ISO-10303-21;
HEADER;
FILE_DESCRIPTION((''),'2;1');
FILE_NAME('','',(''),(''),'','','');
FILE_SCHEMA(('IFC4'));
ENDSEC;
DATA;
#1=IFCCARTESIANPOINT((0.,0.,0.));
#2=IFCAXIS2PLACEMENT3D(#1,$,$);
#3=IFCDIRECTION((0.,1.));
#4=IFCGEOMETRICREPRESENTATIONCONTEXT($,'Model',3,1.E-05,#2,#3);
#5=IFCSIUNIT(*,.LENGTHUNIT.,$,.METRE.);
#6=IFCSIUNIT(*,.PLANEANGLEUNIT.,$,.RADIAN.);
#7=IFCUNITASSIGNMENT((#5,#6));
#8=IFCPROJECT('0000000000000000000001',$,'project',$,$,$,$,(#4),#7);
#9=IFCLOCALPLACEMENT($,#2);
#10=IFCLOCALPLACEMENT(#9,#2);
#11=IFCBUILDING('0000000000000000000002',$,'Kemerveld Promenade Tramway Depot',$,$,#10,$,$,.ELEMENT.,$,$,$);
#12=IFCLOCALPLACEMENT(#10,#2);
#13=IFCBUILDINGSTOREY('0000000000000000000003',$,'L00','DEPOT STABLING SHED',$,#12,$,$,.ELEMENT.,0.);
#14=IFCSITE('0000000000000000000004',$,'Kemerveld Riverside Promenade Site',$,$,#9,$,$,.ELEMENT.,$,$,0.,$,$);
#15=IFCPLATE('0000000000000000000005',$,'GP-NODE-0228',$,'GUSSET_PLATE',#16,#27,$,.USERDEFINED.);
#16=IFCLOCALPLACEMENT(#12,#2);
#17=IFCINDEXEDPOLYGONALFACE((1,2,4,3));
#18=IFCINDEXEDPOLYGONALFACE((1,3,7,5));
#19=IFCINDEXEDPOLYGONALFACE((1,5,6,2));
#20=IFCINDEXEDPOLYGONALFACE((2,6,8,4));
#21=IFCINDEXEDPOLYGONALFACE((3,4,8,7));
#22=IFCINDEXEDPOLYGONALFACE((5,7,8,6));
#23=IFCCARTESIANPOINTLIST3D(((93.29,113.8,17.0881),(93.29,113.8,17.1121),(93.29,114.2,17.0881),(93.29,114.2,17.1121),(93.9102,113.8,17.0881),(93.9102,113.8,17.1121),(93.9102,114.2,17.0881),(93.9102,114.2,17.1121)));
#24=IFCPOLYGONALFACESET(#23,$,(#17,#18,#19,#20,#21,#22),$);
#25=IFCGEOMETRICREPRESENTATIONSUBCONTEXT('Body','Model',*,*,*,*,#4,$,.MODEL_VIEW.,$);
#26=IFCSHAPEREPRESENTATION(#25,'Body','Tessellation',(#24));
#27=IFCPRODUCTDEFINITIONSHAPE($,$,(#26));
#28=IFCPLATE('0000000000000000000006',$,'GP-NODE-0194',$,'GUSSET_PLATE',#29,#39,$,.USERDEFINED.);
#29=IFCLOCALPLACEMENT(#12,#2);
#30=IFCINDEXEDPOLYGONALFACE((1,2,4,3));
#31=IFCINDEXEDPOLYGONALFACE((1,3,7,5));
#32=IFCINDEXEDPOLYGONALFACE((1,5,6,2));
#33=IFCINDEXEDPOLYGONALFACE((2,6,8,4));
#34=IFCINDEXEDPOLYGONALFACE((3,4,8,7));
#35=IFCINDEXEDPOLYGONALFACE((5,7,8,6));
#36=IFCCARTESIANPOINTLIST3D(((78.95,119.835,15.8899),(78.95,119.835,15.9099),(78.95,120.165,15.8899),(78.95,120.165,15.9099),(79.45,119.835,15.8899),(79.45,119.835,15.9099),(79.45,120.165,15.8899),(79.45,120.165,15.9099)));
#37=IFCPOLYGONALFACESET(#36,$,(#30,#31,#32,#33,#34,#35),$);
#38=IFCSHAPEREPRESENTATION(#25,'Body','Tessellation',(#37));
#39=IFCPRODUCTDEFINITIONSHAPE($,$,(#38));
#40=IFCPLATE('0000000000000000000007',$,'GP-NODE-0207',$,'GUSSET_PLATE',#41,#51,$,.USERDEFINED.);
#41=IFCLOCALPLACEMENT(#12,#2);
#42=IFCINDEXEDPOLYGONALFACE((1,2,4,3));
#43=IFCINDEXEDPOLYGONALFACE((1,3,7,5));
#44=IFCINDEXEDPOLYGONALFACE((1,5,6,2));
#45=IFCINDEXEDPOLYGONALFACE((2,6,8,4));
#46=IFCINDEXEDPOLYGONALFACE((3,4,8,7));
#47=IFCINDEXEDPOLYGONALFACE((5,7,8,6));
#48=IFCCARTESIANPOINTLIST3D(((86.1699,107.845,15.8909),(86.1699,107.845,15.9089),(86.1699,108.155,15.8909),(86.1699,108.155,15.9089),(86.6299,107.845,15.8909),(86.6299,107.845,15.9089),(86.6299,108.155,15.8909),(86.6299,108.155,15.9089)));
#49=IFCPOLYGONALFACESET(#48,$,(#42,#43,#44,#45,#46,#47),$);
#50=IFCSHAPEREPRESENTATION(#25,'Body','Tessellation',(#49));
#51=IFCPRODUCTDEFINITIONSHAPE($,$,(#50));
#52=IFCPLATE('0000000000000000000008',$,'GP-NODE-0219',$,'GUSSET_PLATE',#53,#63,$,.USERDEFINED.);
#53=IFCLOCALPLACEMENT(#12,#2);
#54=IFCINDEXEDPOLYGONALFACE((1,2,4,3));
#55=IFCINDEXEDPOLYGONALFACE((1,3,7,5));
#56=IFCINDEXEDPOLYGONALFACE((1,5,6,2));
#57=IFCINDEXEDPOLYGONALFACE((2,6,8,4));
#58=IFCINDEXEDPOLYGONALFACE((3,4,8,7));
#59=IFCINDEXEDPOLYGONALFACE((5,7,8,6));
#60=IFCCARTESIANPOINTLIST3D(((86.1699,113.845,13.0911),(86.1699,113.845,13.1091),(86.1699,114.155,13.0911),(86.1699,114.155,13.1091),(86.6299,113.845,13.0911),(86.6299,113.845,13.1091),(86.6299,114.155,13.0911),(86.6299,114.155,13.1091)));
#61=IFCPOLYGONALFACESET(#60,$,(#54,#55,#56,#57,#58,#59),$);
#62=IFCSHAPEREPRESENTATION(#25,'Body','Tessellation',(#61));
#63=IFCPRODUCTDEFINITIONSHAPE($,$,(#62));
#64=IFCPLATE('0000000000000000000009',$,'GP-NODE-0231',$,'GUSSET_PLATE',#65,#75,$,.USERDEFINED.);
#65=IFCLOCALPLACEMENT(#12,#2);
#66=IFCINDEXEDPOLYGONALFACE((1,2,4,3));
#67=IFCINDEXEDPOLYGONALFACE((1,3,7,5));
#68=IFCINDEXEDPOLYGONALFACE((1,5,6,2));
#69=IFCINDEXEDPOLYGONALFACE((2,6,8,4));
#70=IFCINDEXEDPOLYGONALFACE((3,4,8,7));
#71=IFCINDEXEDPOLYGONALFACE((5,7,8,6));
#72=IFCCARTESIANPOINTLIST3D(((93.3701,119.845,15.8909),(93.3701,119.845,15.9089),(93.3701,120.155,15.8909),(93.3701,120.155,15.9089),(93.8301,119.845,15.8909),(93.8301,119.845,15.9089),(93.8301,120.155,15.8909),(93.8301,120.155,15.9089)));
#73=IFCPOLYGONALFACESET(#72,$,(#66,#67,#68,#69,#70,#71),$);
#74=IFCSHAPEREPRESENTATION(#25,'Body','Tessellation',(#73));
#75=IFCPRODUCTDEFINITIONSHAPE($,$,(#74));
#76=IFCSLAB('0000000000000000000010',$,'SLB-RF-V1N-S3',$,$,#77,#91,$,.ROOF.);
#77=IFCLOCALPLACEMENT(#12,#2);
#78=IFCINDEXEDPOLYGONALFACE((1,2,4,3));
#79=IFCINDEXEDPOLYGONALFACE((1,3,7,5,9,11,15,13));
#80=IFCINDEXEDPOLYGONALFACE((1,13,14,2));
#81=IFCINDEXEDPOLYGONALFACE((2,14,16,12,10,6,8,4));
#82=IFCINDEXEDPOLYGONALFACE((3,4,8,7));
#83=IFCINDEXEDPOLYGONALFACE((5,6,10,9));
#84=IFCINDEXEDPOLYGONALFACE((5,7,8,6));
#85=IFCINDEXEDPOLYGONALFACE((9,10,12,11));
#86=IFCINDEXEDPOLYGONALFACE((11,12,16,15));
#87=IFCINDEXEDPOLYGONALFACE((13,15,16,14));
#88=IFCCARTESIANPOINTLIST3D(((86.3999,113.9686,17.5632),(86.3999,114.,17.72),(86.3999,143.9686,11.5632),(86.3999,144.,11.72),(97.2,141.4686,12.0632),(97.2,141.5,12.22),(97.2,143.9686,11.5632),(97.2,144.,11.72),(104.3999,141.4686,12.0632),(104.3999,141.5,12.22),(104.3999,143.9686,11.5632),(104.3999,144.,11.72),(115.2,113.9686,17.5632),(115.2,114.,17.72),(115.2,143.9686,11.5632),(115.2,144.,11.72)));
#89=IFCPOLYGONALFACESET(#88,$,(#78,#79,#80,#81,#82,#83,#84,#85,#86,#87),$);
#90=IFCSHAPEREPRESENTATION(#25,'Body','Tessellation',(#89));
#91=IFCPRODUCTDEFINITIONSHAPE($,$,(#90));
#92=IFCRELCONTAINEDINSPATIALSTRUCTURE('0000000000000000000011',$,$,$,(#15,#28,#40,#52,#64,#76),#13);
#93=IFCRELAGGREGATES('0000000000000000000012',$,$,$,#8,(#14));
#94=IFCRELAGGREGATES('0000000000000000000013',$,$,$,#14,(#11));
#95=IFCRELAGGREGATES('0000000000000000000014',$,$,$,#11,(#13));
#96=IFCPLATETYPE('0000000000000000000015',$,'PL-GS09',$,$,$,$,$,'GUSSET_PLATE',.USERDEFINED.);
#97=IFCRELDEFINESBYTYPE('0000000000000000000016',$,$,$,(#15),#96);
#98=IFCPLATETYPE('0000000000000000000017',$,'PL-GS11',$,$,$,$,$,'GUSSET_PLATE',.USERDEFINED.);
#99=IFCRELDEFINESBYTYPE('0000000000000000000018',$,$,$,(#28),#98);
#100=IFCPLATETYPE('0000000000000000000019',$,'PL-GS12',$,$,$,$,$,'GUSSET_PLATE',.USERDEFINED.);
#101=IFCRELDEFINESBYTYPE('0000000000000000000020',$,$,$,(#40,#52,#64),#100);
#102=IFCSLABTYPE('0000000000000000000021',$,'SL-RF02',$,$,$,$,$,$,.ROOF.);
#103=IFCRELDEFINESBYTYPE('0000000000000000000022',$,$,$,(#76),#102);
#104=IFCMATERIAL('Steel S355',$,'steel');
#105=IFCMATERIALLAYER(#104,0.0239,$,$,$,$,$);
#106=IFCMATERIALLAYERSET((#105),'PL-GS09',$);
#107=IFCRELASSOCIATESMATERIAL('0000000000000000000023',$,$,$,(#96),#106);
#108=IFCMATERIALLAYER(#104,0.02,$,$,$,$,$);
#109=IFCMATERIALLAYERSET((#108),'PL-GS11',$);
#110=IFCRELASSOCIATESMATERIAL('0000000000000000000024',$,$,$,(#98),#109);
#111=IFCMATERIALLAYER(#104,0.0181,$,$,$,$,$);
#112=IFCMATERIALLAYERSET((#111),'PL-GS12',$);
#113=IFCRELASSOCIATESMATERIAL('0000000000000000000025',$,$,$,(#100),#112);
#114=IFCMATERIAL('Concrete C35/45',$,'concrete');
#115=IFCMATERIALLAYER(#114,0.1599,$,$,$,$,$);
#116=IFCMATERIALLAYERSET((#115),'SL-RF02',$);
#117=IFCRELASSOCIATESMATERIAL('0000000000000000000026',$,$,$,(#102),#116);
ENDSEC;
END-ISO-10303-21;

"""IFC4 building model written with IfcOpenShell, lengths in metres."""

from ifc_helpers import new_model, si_unit, direction, frame, origin, origin_2d, place, context, subcontext, project, spatial, polyline, rectangle, outline, extrude, material, layer, layer_set, type_object, element, save


model = new_model("IFC4")

# Units and contexts
model_context = context("Model", 3, precision=1e-05, world=origin(), true_north=direction((0.0, 1.0)))
body_context = subcontext(model_context, "Body", "Model", "MODEL_VIEW")
ifc_project = project(units=[si_unit("LENGTHUNIT", "METRE"), si_unit("PLANEANGLEUNIT", "RADIAN")], contexts=[model_context])

# Site, building, storey
site_placement = place(None, origin())
site = spatial("IfcSite", under=ifc_project, at=site_placement, Name="Kemerveld Riverside Promenade Site", CompositionType="ELEMENT", RefElevation=0.0)
building_placement = place(site_placement, origin())
building = spatial("IfcBuilding", under=site, at=building_placement, Name="Kemerveld Promenade Tramway Depot", CompositionType="ELEMENT")
storey_placement = place(building_placement, origin())
storey = spatial("IfcBuildingStorey", under=building, at=storey_placement, Name="L00", Description="DEPOT STABLING SHED", CompositionType="ELEMENT", Elevation=0.0)

# Shared definitions
ifc_material_1 = material(Name="Steel S355", Category="steel")

# Plates
ifc_layer_1 = layer(ifc_material_1, 0.0239)
ifc_layer_set_1 = layer_set([ifc_layer_1], Name="PL-GS09")
plate_type_1 = type_object("IfcPlateType", Name="PL-GS09", ElementType="GUSSET_PLATE", PredefinedType="USERDEFINED", material=ifc_layer_set_1)
plate_1_placement = place(storey_placement, frame((93.6001, 114.0, 17.0881), z_axis=(0.0, 0.0, 1.0), x_axis=(1.0, 0.0, 0.0)))
element("IfcPlate", 1, at=plate_1_placement, inside=storey, type_object=plate_type_1, Name="GP-NODE-0228", ObjectType="GUSSET_PLATE", PredefinedType="USERDEFINED", context=body_context, shape_type="SweptSolid", body=[
    extrude(rectangle(XDim=0.6201, YDim=0.3999, at=origin_2d()), origin(), (0.0, 0.0, 1.0), 0.0239),
])
ifc_layer_2 = layer(ifc_material_1, 0.02)
ifc_layer_set_2 = layer_set([ifc_layer_2], Name="PL-GS11")
plate_type_2 = type_object("IfcPlateType", Name="PL-GS11", ElementType="GUSSET_PLATE", PredefinedType="USERDEFINED", material=ifc_layer_set_2)
plate_2_placement = place(storey_placement, frame((79.2, 120.0, 15.8899), z_axis=(0.0, 0.0, 1.0), x_axis=(1.0, 0.0, 0.0)))
element("IfcPlate", 2, at=plate_2_placement, inside=storey, type_object=plate_type_2, Name="GP-NODE-0194", ObjectType="GUSSET_PLATE", PredefinedType="USERDEFINED", context=body_context, shape_type="SweptSolid", body=[
    extrude(rectangle(XDim=0.5, YDim=0.3301, at=origin_2d()), origin(), (0.0, 0.0, 1.0), 0.02),
])
ifc_layer_3 = layer(ifc_material_1, 0.0181)
ifc_layer_set_3 = layer_set([ifc_layer_3], Name="PL-GS12")
plate_type_3 = type_object("IfcPlateType", Name="PL-GS12", ElementType="GUSSET_PLATE", PredefinedType="USERDEFINED", material=ifc_layer_set_3)
for number, where, z_axis, x_axis, name in (
    (3, (86.3999, 108.0, 15.8909), (0.0, 0.0, 1.0), (1.0, 0.0, 0.0), "GP-NODE-0207"),
    (4, (86.3999, 114.0, 13.0911), (0.0, 0.0, 1.0), (1.0, 0.0, 0.0), "GP-NODE-0219"),
    (5, (93.6001, 120.0, 15.8909), (0.0, 0.0, 1.0), (1.0, 0.0, 0.0), "GP-NODE-0231"),
):
    element("IfcPlate", number, at=place(storey_placement, frame(where, z_axis=z_axis, x_axis=x_axis)), inside=storey, type_object=plate_type_3, Name=name, ObjectType="GUSSET_PLATE", PredefinedType="USERDEFINED", context=body_context, shape_type="SweptSolid", body=[
        extrude(rectangle(XDim=0.46, YDim=0.3101, at=origin_2d()), origin(), (0.0, 0.0, 1.0), 0.0181),
    ])

# Slab
ifc_material_2 = material(Name="Concrete C35/45", Category="concrete")
ifc_layer_4 = layer(ifc_material_2, 0.1599)
ifc_layer_set_4 = layer_set([ifc_layer_4], Name="SL-RF02")
slab_type = type_object("IfcSlabType", Name="SL-RF02", PredefinedType="ROOF", material=ifc_layer_set_4)
slab_placement = place(storey_placement, frame((86.3999, 114.0, 17.72), z_axis=(0.0, 0.196116, 0.980581), x_axis=(1.0, 0.0, 0.0)))
element("IfcSlab", 6, at=slab_placement, inside=storey, type_object=slab_type, Name="SLB-RF-V1N-S3", PredefinedType="ROOF", context=body_context, shape_type="SweptSolid", body=[
    extrude(outline(polyline([(0.0, 0.0), (28.8, 0.0), (28.8, 30.5941), (18.0, 30.5941), (18.0, 28.0446), (10.8, 28.0446), (10.8, 30.5941), (0.0, 30.5941), (0.0, 0.0)])), origin(), (0.0, 0.0, -1.0), 0.1599),
])

save(model, "model.ifc")
